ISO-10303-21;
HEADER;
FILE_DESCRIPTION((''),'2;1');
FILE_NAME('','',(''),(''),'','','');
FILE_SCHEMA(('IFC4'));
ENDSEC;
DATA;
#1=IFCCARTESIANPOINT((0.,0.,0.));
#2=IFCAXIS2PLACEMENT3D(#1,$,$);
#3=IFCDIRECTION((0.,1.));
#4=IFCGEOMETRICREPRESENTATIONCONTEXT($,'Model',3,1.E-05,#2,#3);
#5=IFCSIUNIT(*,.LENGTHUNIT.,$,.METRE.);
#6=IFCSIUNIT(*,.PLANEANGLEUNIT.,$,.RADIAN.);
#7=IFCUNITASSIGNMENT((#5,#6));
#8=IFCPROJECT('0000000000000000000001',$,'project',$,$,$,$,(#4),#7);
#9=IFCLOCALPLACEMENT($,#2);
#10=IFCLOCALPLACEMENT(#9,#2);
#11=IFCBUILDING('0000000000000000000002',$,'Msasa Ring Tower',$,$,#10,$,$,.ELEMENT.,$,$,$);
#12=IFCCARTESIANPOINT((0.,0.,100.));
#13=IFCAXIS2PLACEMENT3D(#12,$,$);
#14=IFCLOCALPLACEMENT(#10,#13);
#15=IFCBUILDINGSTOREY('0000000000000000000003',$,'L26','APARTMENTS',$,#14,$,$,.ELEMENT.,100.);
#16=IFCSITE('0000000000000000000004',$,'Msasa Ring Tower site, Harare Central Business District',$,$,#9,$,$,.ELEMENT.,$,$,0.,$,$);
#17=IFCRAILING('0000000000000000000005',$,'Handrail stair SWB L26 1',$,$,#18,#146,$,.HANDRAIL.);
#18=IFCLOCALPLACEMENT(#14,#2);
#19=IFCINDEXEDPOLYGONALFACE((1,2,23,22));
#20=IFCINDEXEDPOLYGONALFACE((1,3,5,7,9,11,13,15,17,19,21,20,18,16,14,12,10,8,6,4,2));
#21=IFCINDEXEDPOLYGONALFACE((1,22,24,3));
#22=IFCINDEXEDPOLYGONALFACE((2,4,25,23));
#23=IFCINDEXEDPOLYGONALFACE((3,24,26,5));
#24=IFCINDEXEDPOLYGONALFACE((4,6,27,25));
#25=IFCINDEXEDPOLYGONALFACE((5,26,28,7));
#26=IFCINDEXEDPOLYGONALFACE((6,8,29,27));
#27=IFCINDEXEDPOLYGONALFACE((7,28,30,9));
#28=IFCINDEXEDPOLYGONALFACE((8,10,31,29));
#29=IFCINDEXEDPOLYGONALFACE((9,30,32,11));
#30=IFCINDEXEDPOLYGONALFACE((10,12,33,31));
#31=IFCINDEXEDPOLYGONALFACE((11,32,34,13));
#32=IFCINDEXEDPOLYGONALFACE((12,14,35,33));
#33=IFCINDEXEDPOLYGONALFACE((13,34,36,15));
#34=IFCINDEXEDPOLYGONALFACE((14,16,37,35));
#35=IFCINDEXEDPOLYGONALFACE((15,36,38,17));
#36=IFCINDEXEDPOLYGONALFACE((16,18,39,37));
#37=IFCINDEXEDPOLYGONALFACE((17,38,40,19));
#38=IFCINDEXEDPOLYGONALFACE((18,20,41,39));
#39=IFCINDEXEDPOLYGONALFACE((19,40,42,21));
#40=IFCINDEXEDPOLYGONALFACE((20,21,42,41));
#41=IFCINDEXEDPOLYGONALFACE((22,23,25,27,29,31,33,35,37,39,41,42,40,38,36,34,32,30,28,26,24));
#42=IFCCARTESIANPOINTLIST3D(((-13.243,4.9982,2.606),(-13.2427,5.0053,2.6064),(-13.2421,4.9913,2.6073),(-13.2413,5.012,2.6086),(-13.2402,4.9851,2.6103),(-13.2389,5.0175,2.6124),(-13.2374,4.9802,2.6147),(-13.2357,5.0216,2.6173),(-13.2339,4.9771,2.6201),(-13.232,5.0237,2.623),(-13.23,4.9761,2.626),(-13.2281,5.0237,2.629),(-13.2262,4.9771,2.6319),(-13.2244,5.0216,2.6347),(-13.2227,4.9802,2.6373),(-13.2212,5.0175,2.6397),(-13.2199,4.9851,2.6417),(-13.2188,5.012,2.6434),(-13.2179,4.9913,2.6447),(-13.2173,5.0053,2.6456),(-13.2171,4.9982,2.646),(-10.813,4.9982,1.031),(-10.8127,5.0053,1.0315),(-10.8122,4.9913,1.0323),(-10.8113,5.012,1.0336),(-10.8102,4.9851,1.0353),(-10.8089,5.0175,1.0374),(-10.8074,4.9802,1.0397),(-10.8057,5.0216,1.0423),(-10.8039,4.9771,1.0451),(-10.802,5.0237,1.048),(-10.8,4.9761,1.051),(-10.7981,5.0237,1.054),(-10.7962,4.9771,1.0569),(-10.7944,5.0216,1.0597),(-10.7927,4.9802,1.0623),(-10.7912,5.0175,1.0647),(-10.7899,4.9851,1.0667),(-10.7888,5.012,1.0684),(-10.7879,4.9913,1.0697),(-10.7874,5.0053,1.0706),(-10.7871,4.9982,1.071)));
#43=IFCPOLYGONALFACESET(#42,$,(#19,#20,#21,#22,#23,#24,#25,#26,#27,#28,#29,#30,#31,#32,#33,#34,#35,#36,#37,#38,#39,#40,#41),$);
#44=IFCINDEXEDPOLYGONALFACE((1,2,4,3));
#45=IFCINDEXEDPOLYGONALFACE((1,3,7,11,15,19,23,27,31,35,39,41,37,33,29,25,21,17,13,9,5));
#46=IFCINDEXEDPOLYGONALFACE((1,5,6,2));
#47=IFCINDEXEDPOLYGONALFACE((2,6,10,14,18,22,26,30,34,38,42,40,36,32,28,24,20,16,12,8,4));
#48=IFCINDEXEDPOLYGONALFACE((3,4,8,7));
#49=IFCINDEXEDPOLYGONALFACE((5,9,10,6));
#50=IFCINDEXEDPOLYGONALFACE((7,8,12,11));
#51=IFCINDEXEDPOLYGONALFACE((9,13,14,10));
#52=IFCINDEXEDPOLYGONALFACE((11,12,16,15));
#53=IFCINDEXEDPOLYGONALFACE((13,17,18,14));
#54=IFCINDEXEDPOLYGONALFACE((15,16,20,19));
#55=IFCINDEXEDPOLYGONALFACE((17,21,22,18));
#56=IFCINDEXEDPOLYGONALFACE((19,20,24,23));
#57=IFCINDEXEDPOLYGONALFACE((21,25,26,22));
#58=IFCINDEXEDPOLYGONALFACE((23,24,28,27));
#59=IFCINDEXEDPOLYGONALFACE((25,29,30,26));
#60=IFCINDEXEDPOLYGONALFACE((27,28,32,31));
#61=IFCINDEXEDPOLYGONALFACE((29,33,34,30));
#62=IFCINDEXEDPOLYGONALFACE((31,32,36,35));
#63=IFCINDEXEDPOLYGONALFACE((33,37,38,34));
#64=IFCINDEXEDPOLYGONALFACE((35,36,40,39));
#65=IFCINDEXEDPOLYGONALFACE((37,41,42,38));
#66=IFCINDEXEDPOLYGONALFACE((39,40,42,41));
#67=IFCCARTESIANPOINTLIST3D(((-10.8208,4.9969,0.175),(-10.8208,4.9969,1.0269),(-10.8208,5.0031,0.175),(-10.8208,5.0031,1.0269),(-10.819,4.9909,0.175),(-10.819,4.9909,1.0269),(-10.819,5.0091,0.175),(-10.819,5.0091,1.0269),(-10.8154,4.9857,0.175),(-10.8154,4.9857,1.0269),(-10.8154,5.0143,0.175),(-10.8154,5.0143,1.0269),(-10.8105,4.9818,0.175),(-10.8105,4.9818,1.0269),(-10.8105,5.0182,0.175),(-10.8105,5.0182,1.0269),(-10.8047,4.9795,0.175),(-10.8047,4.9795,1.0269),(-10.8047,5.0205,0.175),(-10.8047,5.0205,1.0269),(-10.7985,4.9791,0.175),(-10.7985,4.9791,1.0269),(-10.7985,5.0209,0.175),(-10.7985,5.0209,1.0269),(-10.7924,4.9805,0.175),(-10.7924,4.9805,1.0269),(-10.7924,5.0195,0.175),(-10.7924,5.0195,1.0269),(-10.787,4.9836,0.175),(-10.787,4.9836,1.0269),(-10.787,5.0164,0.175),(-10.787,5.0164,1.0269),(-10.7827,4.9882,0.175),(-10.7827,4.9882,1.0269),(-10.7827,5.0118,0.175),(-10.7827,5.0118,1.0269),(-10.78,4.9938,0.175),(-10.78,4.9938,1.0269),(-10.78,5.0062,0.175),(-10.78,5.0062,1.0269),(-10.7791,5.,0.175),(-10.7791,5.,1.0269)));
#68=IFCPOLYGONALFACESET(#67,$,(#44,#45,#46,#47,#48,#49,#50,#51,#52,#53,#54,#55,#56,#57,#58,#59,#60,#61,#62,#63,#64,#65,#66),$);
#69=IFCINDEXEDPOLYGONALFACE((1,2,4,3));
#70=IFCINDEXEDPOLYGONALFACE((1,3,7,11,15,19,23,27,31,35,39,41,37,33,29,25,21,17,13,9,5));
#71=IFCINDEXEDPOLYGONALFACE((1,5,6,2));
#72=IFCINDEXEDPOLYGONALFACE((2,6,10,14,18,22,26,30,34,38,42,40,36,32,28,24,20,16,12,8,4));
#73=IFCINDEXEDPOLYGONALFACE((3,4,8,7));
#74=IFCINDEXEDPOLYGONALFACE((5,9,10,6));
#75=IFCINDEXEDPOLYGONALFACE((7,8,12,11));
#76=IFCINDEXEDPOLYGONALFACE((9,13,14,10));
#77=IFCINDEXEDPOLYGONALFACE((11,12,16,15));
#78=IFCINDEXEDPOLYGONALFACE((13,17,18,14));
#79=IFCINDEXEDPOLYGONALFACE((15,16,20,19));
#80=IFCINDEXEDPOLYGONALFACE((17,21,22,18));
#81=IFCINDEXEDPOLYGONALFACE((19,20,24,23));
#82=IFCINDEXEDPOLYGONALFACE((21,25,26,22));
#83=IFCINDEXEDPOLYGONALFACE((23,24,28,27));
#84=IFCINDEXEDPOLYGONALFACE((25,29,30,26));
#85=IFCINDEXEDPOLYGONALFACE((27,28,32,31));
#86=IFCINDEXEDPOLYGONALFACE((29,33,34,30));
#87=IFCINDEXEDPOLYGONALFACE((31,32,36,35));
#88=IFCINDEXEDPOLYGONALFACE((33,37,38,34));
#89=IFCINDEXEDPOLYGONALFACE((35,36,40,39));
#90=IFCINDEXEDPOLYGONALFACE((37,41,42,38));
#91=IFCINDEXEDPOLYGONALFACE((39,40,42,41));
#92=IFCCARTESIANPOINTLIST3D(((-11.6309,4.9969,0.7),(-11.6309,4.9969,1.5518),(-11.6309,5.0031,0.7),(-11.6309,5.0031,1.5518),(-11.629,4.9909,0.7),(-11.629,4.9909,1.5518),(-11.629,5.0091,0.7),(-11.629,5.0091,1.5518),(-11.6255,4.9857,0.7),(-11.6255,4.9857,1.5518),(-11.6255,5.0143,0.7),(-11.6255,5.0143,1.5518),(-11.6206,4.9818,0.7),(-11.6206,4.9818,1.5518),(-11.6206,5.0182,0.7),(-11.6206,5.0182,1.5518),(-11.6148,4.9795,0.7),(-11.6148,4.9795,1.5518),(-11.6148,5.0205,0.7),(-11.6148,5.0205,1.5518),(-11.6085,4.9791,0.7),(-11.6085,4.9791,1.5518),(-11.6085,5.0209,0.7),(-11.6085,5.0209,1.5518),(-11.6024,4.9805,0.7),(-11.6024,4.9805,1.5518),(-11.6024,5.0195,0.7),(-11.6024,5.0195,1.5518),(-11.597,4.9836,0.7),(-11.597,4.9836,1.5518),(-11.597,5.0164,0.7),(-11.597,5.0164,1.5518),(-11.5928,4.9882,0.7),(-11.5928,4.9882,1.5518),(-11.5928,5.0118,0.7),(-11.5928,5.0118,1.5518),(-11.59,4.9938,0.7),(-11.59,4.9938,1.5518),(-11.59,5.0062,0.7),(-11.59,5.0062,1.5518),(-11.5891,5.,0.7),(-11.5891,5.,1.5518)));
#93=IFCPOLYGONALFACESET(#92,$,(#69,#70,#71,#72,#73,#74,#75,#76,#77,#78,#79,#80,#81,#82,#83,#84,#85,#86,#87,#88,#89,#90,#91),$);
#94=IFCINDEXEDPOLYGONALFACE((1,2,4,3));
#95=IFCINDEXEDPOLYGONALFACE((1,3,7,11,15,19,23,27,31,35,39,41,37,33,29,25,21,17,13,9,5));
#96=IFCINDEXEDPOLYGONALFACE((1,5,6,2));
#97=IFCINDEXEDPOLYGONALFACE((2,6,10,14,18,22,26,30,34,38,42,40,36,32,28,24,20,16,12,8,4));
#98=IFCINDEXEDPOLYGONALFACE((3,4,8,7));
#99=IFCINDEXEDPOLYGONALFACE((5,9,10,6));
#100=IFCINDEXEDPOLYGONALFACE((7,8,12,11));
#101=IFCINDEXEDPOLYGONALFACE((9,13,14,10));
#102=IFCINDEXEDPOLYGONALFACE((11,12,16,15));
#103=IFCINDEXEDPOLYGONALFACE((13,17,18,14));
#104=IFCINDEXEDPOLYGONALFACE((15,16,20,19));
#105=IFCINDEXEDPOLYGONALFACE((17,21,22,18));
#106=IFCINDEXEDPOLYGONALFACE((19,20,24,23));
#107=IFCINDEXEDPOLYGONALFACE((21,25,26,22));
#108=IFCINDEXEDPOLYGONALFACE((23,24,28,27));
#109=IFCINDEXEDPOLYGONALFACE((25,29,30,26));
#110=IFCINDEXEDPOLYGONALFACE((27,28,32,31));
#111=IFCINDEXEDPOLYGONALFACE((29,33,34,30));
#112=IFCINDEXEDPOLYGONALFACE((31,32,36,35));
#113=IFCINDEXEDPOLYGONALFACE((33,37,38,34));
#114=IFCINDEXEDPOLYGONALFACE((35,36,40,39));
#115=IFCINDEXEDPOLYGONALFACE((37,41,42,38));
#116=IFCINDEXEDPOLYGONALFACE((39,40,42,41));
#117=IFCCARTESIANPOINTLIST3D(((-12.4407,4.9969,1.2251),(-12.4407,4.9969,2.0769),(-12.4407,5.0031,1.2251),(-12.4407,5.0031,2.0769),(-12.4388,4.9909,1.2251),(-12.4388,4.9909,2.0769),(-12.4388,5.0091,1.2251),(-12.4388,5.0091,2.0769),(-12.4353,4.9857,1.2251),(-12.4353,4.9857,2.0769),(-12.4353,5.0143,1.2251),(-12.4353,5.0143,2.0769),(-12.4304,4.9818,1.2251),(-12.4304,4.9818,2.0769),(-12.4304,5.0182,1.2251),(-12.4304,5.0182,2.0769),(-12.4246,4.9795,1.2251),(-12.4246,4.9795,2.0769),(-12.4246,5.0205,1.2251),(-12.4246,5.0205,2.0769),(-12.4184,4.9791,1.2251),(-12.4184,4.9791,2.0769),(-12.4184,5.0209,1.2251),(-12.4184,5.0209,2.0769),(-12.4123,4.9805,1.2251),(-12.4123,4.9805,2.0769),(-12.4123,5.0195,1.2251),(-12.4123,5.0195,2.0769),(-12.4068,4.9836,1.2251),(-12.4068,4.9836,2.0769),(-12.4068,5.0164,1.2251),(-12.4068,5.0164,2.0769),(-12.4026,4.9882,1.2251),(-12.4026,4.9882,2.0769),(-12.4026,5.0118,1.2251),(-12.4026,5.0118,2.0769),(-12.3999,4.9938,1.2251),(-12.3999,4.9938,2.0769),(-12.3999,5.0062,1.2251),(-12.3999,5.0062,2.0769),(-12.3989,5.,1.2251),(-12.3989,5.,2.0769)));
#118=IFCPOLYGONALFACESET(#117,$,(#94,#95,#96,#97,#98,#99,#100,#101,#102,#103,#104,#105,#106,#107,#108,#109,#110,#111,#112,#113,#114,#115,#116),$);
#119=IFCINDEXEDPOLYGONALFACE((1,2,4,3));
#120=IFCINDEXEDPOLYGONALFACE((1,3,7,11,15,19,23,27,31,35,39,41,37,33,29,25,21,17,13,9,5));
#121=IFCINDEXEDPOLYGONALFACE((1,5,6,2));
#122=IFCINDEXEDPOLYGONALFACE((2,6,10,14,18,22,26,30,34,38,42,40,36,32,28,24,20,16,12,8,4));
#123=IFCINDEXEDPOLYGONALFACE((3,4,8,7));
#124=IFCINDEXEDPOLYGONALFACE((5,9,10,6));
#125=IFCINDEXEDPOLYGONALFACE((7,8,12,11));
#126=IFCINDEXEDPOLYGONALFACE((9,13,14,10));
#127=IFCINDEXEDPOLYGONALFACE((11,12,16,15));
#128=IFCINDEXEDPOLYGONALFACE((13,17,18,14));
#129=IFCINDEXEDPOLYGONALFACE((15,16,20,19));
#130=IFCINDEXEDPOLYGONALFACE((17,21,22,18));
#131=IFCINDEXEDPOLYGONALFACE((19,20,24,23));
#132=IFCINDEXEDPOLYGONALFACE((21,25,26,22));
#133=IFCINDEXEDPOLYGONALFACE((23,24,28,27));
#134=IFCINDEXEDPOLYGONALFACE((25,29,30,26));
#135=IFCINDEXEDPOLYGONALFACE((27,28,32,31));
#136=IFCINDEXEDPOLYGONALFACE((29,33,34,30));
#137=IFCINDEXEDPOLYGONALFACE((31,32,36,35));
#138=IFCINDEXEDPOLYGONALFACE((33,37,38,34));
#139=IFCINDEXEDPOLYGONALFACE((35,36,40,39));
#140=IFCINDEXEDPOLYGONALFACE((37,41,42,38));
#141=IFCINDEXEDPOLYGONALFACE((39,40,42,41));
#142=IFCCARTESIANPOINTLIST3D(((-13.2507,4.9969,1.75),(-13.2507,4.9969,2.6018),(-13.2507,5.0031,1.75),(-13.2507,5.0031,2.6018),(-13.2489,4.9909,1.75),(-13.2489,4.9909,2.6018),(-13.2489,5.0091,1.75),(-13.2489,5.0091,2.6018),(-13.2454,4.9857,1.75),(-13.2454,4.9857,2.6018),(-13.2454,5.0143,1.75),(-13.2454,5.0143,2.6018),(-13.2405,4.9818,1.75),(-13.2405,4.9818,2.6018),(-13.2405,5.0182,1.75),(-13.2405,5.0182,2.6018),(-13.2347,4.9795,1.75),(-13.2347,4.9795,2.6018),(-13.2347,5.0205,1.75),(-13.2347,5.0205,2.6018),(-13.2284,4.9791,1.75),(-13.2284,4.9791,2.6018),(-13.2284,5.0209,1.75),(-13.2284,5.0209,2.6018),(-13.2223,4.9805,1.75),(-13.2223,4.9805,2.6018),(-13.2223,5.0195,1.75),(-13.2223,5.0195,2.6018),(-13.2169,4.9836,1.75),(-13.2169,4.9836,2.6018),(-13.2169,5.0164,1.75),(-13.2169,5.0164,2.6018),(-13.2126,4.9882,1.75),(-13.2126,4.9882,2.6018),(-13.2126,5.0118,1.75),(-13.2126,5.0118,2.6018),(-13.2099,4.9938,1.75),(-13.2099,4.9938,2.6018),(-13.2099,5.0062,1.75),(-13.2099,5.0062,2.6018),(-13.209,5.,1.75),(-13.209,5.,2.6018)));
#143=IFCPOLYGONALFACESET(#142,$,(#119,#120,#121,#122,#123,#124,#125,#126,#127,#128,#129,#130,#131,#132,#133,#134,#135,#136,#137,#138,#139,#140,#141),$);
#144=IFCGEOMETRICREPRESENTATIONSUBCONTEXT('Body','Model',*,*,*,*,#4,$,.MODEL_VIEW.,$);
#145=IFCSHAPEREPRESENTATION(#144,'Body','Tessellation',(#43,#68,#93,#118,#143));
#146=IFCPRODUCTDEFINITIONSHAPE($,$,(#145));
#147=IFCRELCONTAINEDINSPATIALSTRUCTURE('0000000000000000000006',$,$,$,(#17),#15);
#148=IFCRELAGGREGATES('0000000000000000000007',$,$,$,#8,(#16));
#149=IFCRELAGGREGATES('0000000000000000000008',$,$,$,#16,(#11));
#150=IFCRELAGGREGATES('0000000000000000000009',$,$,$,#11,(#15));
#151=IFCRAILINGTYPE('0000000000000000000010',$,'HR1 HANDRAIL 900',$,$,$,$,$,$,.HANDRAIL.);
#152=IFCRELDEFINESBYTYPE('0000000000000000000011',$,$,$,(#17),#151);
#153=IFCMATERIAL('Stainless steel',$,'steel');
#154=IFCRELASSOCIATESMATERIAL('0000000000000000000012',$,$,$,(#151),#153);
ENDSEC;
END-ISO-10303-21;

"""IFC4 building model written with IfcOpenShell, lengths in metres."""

from ifc_helpers import new_model, si_unit, direction, frame, origin, origin_2d, place, context, subcontext, project, spatial, circle, extrude, material, type_object, element, save


model = new_model("IFC4")

# Units and contexts
model_context = context("Model", 3, precision=1e-05, world=origin(), true_north=direction((0.0, 1.0)))
body_context = subcontext(model_context, "Body", "Model", "MODEL_VIEW")
ifc_project = project(units=[si_unit("LENGTHUNIT", "METRE"), si_unit("PLANEANGLEUNIT", "RADIAN")], contexts=[model_context])

# Site, building, storey
site_placement = place(None, origin())
site = spatial("IfcSite", under=ifc_project, at=site_placement, Name="Msasa Ring Tower site, Harare Central Business District", CompositionType="ELEMENT", RefElevation=0.0)
building_placement = place(site_placement, origin())
building = spatial("IfcBuilding", under=site, at=building_placement, Name="Msasa Ring Tower", CompositionType="ELEMENT")
storey_placement = place(building_placement, frame((0.0, 0.0, 100.0)))
storey = spatial("IfcBuildingStorey", under=building, at=storey_placement, Name="L26", Description="APARTMENTS", CompositionType="ELEMENT", Elevation=100.0)

# Railing
ifc_material_1 = material(Name="Stainless steel", Category="steel")
railing_type = type_object("IfcRailingType", Name="HR1 HANDRAIL 900", PredefinedType="HANDRAIL", material=ifc_material_1)
railing_placement = place(storey_placement, frame((-10.8, 5.0, 0.175)))
element("IfcRailing", 1, at=railing_placement, inside=storey, type_object=railing_type, Name="Handrail stair SWB L26 1", PredefinedType="HANDRAIL", context=body_context, shape_type="SweptSolid", body=[
    extrude(circle(Radius=0.0239, at=origin_2d()), frame((0.0, 0.0, 0.876), z_axis=(-0.839154, 0.0, 0.543894), x_axis=(0.0, -1.0, 0.0)), (0.0, 0.0, 1.0), 2.8958),
    extrude(circle(Radius=0.021, at=origin_2d()), origin(), (0.0, 0.0, 1.0), 0.8518),
    extrude(circle(Radius=0.021, at=origin_2d()), frame((-0.8101, 0.0, 0.5249)), (0.0, 0.0, 1.0), 0.8518),
    extrude(circle(Radius=0.021, at=origin_2d()), frame((-1.6199, 0.0, 1.05)), (0.0, 0.0, 1.0), 0.8518),
    extrude(circle(Radius=0.021, at=origin_2d()), frame((-2.4299, 0.0, 1.575)), (0.0, 0.0, 1.0), 0.8518),
])

save(model, "model.ifc")
